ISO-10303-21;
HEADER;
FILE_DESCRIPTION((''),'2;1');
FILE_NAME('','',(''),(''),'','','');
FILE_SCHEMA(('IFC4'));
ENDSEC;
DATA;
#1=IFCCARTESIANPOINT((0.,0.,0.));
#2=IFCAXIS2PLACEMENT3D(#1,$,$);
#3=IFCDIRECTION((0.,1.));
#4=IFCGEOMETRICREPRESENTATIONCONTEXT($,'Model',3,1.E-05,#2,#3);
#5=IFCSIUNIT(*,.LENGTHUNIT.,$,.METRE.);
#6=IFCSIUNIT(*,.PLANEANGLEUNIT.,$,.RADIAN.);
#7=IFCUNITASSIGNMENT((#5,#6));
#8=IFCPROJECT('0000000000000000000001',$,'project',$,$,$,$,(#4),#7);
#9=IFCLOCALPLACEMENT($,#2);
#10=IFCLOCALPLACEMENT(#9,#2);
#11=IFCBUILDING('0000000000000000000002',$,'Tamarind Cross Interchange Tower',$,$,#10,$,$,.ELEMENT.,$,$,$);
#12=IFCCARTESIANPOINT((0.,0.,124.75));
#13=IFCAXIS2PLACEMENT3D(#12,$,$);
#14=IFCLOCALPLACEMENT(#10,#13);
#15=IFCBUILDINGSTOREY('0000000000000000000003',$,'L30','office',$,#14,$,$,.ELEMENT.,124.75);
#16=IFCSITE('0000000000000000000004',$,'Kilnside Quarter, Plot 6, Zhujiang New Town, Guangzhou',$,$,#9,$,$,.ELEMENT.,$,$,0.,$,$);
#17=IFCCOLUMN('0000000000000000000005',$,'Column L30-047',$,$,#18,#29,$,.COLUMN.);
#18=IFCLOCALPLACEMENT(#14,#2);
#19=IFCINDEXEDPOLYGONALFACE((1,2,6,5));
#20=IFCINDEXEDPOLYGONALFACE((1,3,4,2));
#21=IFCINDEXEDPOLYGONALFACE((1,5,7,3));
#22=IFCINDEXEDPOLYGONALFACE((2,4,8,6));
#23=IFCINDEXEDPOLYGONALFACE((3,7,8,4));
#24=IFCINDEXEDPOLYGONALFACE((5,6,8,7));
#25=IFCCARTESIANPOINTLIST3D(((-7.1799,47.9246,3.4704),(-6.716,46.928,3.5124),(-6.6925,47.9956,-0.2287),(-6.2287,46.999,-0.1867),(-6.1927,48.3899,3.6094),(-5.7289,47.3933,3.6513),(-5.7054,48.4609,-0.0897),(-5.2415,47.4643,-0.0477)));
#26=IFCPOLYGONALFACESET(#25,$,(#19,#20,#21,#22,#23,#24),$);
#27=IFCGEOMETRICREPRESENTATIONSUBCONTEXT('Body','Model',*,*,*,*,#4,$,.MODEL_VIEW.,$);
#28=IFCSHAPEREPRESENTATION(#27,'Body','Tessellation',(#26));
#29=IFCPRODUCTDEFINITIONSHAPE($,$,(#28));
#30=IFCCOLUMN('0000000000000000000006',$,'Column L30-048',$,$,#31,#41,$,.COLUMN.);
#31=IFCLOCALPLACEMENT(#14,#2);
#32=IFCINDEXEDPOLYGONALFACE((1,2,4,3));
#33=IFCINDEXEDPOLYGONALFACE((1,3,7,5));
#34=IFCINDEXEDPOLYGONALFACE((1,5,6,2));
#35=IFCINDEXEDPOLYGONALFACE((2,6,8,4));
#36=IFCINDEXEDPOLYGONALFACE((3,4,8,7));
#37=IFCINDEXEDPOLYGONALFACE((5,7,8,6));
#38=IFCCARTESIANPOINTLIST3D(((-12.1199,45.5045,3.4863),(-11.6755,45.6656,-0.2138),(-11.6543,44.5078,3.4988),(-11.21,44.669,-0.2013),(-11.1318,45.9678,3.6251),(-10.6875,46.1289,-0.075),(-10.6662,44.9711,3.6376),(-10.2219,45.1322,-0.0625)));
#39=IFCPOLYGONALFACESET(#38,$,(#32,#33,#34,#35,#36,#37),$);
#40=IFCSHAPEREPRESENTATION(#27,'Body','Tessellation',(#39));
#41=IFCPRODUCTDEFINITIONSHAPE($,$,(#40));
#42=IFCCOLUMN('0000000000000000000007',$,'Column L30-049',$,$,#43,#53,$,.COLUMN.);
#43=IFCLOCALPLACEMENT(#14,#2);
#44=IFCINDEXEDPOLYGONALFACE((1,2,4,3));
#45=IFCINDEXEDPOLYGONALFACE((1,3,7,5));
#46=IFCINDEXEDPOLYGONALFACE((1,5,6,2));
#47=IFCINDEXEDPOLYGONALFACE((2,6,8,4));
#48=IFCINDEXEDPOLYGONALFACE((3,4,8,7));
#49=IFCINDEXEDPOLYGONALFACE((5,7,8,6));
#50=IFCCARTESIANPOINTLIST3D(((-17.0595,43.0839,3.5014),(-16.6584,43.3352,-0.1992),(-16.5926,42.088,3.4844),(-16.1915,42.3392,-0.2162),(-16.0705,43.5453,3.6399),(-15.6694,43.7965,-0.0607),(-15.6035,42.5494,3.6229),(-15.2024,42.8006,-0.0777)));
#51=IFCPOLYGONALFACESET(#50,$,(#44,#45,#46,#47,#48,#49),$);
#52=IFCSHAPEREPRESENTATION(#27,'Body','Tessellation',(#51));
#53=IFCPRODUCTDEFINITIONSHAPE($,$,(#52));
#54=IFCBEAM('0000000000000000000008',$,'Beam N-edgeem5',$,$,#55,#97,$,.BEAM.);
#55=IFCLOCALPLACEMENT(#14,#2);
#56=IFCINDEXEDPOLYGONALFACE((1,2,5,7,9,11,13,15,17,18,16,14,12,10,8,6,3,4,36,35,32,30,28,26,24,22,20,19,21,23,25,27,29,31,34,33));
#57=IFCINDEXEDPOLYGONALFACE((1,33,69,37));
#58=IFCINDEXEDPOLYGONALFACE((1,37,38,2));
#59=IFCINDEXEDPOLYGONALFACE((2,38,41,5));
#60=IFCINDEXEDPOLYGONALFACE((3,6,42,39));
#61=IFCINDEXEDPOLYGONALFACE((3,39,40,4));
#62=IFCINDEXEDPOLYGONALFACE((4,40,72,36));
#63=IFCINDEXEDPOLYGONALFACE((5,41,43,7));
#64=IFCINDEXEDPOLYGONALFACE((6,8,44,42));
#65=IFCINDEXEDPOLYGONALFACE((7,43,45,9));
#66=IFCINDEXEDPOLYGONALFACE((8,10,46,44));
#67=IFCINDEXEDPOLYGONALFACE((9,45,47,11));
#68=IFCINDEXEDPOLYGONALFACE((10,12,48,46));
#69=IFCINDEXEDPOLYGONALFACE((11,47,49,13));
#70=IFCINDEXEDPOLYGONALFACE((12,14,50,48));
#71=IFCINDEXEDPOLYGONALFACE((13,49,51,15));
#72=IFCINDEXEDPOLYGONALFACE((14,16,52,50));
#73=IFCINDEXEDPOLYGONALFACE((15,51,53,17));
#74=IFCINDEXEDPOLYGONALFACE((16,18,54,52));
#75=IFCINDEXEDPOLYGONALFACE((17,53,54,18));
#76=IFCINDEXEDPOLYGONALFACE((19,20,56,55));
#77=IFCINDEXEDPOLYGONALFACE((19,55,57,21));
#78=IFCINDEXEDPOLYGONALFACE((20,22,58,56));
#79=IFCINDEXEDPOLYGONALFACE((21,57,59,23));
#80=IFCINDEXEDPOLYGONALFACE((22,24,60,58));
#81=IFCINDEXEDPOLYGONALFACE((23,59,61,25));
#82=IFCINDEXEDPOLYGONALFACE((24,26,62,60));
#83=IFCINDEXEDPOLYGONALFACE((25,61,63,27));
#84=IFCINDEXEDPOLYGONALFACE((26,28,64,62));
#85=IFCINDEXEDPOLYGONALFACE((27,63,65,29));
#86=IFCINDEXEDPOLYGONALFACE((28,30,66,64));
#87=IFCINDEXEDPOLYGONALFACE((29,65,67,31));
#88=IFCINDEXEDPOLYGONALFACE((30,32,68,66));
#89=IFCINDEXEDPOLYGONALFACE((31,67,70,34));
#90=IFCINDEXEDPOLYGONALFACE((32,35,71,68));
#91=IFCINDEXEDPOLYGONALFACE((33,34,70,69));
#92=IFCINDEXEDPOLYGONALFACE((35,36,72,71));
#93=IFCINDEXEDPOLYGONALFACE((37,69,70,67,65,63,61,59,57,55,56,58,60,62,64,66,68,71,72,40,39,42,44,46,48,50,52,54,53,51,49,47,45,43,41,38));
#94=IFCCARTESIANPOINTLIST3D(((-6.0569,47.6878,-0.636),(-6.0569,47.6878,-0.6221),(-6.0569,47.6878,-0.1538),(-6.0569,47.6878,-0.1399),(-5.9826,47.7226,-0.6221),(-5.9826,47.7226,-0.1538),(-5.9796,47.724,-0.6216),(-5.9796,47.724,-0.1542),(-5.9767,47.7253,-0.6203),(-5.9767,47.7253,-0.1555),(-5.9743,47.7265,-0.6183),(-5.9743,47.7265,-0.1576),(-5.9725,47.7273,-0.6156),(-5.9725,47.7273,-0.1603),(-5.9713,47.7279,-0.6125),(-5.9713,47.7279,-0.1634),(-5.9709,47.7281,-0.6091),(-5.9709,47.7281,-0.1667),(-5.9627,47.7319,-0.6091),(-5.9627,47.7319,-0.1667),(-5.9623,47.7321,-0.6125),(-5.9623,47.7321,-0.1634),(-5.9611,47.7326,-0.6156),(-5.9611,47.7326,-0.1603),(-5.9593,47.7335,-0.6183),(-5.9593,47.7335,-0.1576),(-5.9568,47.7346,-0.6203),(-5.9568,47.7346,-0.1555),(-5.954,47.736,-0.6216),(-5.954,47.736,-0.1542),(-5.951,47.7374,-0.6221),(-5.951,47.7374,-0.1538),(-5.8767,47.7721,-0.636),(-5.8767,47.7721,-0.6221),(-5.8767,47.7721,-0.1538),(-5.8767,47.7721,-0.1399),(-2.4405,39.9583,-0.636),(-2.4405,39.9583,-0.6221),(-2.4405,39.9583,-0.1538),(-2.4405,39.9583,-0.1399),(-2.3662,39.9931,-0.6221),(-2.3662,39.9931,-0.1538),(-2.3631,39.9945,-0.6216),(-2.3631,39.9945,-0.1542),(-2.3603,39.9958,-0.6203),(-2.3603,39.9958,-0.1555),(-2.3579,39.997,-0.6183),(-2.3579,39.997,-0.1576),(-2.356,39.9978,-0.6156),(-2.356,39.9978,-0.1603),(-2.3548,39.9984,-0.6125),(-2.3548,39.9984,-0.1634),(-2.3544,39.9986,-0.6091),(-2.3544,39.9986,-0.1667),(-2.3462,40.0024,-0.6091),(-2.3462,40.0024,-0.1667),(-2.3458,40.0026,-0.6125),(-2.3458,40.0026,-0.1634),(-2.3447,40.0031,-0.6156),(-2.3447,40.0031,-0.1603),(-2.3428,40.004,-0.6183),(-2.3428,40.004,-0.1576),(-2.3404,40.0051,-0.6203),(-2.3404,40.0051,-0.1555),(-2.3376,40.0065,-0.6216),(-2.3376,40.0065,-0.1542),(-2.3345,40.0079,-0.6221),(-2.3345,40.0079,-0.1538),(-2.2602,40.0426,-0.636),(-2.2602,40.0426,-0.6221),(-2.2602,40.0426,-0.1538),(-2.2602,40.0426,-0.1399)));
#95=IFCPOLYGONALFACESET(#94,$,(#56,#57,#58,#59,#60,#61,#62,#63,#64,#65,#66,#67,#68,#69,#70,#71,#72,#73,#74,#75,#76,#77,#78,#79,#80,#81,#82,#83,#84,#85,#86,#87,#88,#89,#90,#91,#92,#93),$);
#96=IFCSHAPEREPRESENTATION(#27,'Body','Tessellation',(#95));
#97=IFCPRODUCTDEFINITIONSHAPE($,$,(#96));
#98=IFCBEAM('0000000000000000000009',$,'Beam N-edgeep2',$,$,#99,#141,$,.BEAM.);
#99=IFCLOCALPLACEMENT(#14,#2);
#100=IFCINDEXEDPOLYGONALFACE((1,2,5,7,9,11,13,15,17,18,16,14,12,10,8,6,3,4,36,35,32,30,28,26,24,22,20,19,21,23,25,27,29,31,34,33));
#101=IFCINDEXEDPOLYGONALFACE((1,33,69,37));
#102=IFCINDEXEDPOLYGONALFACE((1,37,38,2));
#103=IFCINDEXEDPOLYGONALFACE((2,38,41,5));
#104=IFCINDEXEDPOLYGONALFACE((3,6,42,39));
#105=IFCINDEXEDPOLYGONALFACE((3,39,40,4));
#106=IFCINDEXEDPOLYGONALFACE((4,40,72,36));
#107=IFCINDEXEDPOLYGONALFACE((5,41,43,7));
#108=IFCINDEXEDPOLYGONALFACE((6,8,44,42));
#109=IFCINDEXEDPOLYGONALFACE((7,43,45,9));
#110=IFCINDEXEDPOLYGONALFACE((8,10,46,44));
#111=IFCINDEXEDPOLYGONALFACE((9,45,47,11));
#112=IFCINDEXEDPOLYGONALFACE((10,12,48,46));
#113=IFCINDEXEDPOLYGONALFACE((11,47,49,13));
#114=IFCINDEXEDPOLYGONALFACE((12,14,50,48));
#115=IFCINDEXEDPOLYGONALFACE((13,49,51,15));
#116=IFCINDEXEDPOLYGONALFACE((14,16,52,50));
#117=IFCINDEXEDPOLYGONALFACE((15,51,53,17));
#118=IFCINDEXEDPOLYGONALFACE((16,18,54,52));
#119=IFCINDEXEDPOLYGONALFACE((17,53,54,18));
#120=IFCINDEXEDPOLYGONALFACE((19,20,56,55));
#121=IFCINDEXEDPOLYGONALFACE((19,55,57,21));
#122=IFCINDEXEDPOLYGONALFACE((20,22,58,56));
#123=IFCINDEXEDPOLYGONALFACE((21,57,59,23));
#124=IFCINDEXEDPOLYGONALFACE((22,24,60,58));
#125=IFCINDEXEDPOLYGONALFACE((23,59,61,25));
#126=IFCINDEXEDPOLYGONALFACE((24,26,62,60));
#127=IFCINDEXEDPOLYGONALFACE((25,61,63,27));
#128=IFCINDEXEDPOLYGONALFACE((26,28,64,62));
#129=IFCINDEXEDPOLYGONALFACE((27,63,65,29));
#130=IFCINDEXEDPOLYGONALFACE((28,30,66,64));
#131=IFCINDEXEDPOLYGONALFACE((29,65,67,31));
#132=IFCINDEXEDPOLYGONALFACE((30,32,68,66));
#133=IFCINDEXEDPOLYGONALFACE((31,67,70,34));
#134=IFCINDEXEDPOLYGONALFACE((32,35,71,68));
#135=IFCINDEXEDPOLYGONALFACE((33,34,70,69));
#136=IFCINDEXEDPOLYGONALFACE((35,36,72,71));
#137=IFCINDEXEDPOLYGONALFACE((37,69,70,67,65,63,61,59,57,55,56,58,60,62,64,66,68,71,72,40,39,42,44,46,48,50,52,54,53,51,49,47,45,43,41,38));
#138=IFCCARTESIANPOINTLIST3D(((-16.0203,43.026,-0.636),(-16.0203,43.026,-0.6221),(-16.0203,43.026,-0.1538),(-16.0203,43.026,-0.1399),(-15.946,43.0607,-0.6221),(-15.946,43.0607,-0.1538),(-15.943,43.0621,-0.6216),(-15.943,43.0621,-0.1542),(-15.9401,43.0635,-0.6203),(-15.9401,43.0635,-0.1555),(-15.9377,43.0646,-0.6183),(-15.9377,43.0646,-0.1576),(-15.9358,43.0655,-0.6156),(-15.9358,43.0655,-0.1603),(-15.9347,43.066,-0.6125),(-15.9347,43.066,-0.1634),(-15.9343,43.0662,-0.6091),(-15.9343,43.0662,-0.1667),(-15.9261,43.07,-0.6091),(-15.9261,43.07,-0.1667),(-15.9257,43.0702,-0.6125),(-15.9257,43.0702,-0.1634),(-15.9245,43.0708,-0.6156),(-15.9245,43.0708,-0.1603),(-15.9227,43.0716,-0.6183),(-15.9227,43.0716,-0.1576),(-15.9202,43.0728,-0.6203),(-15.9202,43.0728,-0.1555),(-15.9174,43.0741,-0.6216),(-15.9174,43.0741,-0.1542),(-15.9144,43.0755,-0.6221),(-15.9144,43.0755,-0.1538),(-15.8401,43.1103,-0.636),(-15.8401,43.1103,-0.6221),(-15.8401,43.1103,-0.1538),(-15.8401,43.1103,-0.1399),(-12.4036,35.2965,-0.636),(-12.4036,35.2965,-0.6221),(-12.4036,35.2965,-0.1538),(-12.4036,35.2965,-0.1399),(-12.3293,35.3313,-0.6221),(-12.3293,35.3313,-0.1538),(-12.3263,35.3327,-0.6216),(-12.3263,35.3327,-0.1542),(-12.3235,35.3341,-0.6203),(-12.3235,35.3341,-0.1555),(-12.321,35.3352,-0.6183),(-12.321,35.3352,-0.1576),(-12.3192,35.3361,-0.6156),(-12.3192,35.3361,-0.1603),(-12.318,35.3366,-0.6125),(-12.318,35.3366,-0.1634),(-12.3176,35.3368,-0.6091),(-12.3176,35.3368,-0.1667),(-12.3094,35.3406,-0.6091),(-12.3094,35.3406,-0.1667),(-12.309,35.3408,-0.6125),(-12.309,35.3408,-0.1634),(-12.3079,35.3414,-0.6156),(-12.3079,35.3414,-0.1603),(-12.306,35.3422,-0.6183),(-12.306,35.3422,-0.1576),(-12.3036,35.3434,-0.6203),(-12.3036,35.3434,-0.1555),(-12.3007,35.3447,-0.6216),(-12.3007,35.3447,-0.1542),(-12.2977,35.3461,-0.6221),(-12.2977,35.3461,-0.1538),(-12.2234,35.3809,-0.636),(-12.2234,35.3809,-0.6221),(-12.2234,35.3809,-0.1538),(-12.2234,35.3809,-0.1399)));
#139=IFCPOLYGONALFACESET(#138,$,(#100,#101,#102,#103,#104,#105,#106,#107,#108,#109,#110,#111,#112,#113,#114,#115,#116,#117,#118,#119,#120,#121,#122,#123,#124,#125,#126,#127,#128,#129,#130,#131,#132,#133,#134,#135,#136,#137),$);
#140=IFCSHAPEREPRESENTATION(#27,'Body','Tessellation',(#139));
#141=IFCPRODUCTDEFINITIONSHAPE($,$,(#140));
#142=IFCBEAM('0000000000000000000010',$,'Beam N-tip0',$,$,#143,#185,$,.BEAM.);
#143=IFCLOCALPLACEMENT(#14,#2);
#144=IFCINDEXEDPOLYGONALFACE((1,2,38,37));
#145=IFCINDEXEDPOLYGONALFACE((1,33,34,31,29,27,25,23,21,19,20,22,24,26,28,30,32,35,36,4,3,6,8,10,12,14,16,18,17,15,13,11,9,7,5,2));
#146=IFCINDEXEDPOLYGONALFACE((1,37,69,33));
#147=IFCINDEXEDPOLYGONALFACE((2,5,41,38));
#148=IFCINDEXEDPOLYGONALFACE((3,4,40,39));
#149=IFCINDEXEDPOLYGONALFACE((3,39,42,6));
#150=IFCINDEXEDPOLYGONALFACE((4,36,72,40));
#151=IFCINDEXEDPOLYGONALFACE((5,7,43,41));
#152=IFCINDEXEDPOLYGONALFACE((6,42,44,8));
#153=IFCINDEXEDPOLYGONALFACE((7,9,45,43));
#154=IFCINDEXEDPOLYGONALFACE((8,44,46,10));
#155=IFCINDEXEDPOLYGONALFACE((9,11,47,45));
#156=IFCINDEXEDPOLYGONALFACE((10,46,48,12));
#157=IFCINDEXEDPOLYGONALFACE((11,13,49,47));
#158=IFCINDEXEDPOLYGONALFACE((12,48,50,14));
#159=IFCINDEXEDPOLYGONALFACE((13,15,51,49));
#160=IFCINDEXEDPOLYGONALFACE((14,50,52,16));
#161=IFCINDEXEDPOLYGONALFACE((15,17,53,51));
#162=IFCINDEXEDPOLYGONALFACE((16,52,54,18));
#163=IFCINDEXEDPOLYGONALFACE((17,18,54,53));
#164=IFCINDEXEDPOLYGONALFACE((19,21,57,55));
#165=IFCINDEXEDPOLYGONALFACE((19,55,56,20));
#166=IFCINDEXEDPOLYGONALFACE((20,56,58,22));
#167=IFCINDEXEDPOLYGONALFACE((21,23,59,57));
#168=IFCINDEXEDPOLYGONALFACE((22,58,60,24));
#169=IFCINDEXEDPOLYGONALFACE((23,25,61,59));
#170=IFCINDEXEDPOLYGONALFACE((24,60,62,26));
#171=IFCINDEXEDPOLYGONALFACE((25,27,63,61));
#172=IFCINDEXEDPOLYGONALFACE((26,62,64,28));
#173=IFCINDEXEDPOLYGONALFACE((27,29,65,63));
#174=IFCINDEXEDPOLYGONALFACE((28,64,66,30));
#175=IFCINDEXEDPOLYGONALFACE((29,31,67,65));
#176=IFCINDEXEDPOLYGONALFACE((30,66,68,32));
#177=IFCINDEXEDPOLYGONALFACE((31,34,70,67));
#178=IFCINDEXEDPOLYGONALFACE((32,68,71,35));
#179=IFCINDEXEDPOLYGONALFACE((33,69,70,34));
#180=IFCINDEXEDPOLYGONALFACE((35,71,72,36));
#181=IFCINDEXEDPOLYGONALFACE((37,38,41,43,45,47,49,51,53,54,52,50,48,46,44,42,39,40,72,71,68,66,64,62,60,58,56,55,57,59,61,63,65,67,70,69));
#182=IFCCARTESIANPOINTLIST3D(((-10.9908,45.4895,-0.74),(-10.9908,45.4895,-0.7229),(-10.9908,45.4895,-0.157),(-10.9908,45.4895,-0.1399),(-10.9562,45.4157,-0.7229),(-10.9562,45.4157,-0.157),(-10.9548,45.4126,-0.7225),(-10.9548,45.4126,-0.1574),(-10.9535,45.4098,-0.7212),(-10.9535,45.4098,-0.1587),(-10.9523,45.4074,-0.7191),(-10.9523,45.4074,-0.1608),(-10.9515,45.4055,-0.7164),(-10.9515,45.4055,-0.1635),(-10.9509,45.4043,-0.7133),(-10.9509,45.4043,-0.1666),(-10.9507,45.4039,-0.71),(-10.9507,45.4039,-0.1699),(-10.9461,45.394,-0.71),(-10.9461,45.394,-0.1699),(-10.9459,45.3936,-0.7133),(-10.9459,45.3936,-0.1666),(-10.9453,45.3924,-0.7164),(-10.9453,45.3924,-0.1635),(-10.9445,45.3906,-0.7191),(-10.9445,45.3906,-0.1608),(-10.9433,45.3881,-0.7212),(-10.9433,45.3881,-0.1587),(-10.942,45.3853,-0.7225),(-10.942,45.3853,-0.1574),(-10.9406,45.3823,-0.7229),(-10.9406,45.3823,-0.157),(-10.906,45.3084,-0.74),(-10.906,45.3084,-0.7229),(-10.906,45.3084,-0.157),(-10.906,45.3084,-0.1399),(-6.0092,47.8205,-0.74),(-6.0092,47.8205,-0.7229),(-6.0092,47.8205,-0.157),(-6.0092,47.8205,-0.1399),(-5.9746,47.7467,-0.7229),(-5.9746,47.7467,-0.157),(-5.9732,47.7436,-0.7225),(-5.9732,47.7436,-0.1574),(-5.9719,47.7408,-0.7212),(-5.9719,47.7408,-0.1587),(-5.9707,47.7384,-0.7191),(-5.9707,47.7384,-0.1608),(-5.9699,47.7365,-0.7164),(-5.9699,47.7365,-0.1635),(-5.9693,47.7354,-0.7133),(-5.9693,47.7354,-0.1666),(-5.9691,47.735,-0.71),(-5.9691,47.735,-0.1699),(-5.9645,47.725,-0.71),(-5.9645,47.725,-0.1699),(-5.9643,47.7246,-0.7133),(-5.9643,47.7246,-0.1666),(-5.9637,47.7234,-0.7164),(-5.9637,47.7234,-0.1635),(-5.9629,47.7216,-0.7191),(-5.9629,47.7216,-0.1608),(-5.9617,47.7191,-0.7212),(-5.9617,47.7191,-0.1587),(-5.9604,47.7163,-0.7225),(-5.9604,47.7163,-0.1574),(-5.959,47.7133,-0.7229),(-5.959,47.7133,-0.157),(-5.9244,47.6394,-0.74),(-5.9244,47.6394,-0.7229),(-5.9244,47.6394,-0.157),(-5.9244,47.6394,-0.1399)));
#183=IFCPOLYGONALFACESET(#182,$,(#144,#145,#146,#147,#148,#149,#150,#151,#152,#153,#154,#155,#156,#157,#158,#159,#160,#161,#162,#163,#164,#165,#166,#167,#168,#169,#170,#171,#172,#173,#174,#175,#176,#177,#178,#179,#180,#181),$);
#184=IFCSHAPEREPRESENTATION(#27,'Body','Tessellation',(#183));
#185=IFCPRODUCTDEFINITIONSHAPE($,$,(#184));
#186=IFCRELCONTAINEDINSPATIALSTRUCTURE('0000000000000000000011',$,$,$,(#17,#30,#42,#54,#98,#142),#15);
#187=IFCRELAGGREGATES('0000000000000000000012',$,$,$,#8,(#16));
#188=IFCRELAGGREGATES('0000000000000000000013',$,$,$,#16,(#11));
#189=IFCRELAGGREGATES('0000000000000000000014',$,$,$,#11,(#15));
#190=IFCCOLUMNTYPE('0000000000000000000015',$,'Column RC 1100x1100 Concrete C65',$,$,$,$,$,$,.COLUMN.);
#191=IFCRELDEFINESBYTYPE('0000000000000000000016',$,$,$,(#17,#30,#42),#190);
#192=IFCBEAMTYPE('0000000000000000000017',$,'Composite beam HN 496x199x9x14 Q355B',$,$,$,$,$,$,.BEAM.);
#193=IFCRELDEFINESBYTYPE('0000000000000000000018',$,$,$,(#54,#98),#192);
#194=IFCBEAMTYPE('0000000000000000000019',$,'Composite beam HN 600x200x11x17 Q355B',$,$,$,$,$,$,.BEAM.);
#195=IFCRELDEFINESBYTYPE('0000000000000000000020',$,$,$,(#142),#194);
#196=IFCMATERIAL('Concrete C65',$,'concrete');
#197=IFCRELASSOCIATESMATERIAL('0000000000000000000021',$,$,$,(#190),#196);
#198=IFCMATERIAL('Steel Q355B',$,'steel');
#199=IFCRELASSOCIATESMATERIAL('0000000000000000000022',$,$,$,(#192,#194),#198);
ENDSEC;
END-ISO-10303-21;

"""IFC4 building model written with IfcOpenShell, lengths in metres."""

from ifc_helpers import new_model, si_unit, direction, frame, origin, origin_2d, place, context, subcontext, project, spatial, rectangle, i_section, extrude, material, material_profile, profile_set, type_object, element, save


model = new_model("IFC4")

# Units and contexts
model_context = context("Model", 3, precision=1e-05, world=origin(), true_north=direction((0.0, 1.0)))
body_context = subcontext(model_context, "Body", "Model", "MODEL_VIEW")
ifc_project = project(units=[si_unit("LENGTHUNIT", "METRE"), si_unit("PLANEANGLEUNIT", "RADIAN")], contexts=[model_context])

# Site, building, storey
site_placement = place(None, origin())
site = spatial("IfcSite", under=ifc_project, at=site_placement, Name="Kilnside Quarter, Plot 6, Zhujiang New Town, Guangzhou", CompositionType="ELEMENT", RefElevation=0.0)
building_placement = place(site_placement, origin())
building = spatial("IfcBuilding", under=site, at=building_placement, Name="Tamarind Cross Interchange Tower", CompositionType="ELEMENT")
storey_placement = place(building_placement, frame((0.0, 0.0, 124.75)))
storey = spatial("IfcBuildingStorey", under=building, at=storey_placement, Name="L30", Description="office", CompositionType="ELEMENT", Elevation=124.75)

# Columns
ifc_material_1 = material(Name="Concrete C65", Category="concrete")
ifc_material_profile_1 = material_profile(ifc_material_1, rectangle(XDim=1.1001, YDim=1.1001, at=origin_2d()), Name="RC 1100x1100")
ifc_profile_set_1 = profile_set([ifc_material_profile_1], Name="Concrete C65")
column_type = type_object("IfcColumnType", Name="Column RC 1100x1100 Concrete C65", PredefinedType="COLUMN", material=ifc_profile_set_1)
column_1_placement = place(storey_placement, frame((-5.967, 47.73, -0.1382), z_axis=(-0.130588, -0.019039, 0.991254), x_axis=(0.42168, -0.905942, 0.038152)))
element("IfcColumn", 1, at=column_1_placement, inside=storey, type_object=column_type, Name="Column L30-047", PredefinedType="COLUMN", context=body_context, shape_type="SweptSolid", body=[
    extrude(rectangle(XDim=1.1001, YDim=1.1001, at=origin_2d()), origin(), (0.0, 0.0, 1.0), 3.7317),
])
column_2_placement = place(storey_placement, frame((-10.9487, 45.3989, -0.1382), z_axis=(-0.119117, -0.043196, 0.99194), x_axis=(0.423188, -0.90597, 0.011366)))
element("IfcColumn", 2, at=column_2_placement, inside=storey, type_object=column_type, Name="Column L30-048", PredefinedType="COLUMN", context=body_context, shape_type="SweptSolid", body=[
    extrude(rectangle(XDim=1.1001, YDim=1.1001, at=origin_2d()), origin(), (0.0, 0.0, 1.0), 3.7302),
])
column_3_placement = place(storey_placement, frame((-15.9304, 43.0679, -0.1384), z_axis=(-0.107516, -0.067336, 0.99192), x_axis=(0.899038, 0.419376, 0.125917)))
element("IfcColumn", 3, at=column_3_placement, inside=storey, type_object=column_type, Name="Column L30-049", PredefinedType="COLUMN", context=body_context, shape_type="SweptSolid", body=[
    extrude(rectangle(XDim=1.1001, YDim=1.1001, at=origin_2d()), origin(), (0.0, 0.0, 1.0), 3.7307),
])

# Beams
ifc_material_2 = material(Name="Steel Q355B", Category="steel")
ifc_material_profile_2 = material_profile(ifc_material_2, i_section(OverallWidth=0.199, OverallDepth=0.4961, WebThickness=0.009, FlangeThickness=0.0139, FilletRadius=0.0129, at=origin_2d()), Name="HN 496x199x9x14")
ifc_profile_set_2 = profile_set([ifc_material_profile_2], Name="Steel Q355B")
beam_type_1 = type_object("IfcBeamType", Name="Composite beam HN 496x199x9x14 Q355B", PredefinedType="BEAM", material=ifc_profile_set_2)
for number, where, z_axis, x_axis, name in (
    (4, (-5.9668, 47.73, -0.3879), (0.423786, -0.905762, 0.0), (0.905762, 0.423786, 0.0), "Beam N-edgeem5"),
    (5, (-15.9302, 43.0681, -0.3879), (0.423809, -0.905751, 0.0), (0.905751, 0.423809, 0.0), "Beam N-edgeep2"),
):
    element("IfcBeam", number, at=place(storey_placement, frame(where, z_axis=z_axis, x_axis=x_axis)), inside=storey, type_object=beam_type_1, Name=name, PredefinedType="BEAM", context=body_context, shape_type="SweptSolid", body=[
        extrude(i_section(OverallWidth=0.199, OverallDepth=0.4961, WebThickness=0.009, FlangeThickness=0.0139, FilletRadius=0.0129, at=origin_2d()), origin(), (0.0, 0.0, 1.0), 8.5337),
    ])
ifc_material_profile_3 = material_profile(ifc_material_2, i_section(OverallWidth=0.2, OverallDepth=0.6001, WebThickness=0.011, FlangeThickness=0.0171, FilletRadius=0.0129, at=origin_2d()), Name="HN 600x200x11x17")
ifc_profile_set_3 = profile_set([ifc_material_profile_3], Name="Steel Q355B")
beam_type_2 = type_object("IfcBeamType", Name="Composite beam HN 600x200x11x17 Q355B", PredefinedType="BEAM", material=ifc_profile_set_3)
for number, where, z_axis, x_axis, name in (
    (6, (-5.9668, 47.73, -0.4399), (-0.905746, -0.423821, 0.0), (0.423821, -0.905746, 0.0), "Beam N-tip0"),
):
    element("IfcBeam", number, at=place(storey_placement, frame(where, z_axis=z_axis, x_axis=x_axis)), inside=storey, type_object=beam_type_2, Name=name, PredefinedType="BEAM", context=body_context, shape_type="SweptSolid", body=[
        extrude(i_section(OverallWidth=0.2, OverallDepth=0.6001, WebThickness=0.011, FlangeThickness=0.0171, FilletRadius=0.0129, at=origin_2d()), origin(), (0.0, 0.0, 1.0), 5.5),
    ])

save(model, "model.ifc")
